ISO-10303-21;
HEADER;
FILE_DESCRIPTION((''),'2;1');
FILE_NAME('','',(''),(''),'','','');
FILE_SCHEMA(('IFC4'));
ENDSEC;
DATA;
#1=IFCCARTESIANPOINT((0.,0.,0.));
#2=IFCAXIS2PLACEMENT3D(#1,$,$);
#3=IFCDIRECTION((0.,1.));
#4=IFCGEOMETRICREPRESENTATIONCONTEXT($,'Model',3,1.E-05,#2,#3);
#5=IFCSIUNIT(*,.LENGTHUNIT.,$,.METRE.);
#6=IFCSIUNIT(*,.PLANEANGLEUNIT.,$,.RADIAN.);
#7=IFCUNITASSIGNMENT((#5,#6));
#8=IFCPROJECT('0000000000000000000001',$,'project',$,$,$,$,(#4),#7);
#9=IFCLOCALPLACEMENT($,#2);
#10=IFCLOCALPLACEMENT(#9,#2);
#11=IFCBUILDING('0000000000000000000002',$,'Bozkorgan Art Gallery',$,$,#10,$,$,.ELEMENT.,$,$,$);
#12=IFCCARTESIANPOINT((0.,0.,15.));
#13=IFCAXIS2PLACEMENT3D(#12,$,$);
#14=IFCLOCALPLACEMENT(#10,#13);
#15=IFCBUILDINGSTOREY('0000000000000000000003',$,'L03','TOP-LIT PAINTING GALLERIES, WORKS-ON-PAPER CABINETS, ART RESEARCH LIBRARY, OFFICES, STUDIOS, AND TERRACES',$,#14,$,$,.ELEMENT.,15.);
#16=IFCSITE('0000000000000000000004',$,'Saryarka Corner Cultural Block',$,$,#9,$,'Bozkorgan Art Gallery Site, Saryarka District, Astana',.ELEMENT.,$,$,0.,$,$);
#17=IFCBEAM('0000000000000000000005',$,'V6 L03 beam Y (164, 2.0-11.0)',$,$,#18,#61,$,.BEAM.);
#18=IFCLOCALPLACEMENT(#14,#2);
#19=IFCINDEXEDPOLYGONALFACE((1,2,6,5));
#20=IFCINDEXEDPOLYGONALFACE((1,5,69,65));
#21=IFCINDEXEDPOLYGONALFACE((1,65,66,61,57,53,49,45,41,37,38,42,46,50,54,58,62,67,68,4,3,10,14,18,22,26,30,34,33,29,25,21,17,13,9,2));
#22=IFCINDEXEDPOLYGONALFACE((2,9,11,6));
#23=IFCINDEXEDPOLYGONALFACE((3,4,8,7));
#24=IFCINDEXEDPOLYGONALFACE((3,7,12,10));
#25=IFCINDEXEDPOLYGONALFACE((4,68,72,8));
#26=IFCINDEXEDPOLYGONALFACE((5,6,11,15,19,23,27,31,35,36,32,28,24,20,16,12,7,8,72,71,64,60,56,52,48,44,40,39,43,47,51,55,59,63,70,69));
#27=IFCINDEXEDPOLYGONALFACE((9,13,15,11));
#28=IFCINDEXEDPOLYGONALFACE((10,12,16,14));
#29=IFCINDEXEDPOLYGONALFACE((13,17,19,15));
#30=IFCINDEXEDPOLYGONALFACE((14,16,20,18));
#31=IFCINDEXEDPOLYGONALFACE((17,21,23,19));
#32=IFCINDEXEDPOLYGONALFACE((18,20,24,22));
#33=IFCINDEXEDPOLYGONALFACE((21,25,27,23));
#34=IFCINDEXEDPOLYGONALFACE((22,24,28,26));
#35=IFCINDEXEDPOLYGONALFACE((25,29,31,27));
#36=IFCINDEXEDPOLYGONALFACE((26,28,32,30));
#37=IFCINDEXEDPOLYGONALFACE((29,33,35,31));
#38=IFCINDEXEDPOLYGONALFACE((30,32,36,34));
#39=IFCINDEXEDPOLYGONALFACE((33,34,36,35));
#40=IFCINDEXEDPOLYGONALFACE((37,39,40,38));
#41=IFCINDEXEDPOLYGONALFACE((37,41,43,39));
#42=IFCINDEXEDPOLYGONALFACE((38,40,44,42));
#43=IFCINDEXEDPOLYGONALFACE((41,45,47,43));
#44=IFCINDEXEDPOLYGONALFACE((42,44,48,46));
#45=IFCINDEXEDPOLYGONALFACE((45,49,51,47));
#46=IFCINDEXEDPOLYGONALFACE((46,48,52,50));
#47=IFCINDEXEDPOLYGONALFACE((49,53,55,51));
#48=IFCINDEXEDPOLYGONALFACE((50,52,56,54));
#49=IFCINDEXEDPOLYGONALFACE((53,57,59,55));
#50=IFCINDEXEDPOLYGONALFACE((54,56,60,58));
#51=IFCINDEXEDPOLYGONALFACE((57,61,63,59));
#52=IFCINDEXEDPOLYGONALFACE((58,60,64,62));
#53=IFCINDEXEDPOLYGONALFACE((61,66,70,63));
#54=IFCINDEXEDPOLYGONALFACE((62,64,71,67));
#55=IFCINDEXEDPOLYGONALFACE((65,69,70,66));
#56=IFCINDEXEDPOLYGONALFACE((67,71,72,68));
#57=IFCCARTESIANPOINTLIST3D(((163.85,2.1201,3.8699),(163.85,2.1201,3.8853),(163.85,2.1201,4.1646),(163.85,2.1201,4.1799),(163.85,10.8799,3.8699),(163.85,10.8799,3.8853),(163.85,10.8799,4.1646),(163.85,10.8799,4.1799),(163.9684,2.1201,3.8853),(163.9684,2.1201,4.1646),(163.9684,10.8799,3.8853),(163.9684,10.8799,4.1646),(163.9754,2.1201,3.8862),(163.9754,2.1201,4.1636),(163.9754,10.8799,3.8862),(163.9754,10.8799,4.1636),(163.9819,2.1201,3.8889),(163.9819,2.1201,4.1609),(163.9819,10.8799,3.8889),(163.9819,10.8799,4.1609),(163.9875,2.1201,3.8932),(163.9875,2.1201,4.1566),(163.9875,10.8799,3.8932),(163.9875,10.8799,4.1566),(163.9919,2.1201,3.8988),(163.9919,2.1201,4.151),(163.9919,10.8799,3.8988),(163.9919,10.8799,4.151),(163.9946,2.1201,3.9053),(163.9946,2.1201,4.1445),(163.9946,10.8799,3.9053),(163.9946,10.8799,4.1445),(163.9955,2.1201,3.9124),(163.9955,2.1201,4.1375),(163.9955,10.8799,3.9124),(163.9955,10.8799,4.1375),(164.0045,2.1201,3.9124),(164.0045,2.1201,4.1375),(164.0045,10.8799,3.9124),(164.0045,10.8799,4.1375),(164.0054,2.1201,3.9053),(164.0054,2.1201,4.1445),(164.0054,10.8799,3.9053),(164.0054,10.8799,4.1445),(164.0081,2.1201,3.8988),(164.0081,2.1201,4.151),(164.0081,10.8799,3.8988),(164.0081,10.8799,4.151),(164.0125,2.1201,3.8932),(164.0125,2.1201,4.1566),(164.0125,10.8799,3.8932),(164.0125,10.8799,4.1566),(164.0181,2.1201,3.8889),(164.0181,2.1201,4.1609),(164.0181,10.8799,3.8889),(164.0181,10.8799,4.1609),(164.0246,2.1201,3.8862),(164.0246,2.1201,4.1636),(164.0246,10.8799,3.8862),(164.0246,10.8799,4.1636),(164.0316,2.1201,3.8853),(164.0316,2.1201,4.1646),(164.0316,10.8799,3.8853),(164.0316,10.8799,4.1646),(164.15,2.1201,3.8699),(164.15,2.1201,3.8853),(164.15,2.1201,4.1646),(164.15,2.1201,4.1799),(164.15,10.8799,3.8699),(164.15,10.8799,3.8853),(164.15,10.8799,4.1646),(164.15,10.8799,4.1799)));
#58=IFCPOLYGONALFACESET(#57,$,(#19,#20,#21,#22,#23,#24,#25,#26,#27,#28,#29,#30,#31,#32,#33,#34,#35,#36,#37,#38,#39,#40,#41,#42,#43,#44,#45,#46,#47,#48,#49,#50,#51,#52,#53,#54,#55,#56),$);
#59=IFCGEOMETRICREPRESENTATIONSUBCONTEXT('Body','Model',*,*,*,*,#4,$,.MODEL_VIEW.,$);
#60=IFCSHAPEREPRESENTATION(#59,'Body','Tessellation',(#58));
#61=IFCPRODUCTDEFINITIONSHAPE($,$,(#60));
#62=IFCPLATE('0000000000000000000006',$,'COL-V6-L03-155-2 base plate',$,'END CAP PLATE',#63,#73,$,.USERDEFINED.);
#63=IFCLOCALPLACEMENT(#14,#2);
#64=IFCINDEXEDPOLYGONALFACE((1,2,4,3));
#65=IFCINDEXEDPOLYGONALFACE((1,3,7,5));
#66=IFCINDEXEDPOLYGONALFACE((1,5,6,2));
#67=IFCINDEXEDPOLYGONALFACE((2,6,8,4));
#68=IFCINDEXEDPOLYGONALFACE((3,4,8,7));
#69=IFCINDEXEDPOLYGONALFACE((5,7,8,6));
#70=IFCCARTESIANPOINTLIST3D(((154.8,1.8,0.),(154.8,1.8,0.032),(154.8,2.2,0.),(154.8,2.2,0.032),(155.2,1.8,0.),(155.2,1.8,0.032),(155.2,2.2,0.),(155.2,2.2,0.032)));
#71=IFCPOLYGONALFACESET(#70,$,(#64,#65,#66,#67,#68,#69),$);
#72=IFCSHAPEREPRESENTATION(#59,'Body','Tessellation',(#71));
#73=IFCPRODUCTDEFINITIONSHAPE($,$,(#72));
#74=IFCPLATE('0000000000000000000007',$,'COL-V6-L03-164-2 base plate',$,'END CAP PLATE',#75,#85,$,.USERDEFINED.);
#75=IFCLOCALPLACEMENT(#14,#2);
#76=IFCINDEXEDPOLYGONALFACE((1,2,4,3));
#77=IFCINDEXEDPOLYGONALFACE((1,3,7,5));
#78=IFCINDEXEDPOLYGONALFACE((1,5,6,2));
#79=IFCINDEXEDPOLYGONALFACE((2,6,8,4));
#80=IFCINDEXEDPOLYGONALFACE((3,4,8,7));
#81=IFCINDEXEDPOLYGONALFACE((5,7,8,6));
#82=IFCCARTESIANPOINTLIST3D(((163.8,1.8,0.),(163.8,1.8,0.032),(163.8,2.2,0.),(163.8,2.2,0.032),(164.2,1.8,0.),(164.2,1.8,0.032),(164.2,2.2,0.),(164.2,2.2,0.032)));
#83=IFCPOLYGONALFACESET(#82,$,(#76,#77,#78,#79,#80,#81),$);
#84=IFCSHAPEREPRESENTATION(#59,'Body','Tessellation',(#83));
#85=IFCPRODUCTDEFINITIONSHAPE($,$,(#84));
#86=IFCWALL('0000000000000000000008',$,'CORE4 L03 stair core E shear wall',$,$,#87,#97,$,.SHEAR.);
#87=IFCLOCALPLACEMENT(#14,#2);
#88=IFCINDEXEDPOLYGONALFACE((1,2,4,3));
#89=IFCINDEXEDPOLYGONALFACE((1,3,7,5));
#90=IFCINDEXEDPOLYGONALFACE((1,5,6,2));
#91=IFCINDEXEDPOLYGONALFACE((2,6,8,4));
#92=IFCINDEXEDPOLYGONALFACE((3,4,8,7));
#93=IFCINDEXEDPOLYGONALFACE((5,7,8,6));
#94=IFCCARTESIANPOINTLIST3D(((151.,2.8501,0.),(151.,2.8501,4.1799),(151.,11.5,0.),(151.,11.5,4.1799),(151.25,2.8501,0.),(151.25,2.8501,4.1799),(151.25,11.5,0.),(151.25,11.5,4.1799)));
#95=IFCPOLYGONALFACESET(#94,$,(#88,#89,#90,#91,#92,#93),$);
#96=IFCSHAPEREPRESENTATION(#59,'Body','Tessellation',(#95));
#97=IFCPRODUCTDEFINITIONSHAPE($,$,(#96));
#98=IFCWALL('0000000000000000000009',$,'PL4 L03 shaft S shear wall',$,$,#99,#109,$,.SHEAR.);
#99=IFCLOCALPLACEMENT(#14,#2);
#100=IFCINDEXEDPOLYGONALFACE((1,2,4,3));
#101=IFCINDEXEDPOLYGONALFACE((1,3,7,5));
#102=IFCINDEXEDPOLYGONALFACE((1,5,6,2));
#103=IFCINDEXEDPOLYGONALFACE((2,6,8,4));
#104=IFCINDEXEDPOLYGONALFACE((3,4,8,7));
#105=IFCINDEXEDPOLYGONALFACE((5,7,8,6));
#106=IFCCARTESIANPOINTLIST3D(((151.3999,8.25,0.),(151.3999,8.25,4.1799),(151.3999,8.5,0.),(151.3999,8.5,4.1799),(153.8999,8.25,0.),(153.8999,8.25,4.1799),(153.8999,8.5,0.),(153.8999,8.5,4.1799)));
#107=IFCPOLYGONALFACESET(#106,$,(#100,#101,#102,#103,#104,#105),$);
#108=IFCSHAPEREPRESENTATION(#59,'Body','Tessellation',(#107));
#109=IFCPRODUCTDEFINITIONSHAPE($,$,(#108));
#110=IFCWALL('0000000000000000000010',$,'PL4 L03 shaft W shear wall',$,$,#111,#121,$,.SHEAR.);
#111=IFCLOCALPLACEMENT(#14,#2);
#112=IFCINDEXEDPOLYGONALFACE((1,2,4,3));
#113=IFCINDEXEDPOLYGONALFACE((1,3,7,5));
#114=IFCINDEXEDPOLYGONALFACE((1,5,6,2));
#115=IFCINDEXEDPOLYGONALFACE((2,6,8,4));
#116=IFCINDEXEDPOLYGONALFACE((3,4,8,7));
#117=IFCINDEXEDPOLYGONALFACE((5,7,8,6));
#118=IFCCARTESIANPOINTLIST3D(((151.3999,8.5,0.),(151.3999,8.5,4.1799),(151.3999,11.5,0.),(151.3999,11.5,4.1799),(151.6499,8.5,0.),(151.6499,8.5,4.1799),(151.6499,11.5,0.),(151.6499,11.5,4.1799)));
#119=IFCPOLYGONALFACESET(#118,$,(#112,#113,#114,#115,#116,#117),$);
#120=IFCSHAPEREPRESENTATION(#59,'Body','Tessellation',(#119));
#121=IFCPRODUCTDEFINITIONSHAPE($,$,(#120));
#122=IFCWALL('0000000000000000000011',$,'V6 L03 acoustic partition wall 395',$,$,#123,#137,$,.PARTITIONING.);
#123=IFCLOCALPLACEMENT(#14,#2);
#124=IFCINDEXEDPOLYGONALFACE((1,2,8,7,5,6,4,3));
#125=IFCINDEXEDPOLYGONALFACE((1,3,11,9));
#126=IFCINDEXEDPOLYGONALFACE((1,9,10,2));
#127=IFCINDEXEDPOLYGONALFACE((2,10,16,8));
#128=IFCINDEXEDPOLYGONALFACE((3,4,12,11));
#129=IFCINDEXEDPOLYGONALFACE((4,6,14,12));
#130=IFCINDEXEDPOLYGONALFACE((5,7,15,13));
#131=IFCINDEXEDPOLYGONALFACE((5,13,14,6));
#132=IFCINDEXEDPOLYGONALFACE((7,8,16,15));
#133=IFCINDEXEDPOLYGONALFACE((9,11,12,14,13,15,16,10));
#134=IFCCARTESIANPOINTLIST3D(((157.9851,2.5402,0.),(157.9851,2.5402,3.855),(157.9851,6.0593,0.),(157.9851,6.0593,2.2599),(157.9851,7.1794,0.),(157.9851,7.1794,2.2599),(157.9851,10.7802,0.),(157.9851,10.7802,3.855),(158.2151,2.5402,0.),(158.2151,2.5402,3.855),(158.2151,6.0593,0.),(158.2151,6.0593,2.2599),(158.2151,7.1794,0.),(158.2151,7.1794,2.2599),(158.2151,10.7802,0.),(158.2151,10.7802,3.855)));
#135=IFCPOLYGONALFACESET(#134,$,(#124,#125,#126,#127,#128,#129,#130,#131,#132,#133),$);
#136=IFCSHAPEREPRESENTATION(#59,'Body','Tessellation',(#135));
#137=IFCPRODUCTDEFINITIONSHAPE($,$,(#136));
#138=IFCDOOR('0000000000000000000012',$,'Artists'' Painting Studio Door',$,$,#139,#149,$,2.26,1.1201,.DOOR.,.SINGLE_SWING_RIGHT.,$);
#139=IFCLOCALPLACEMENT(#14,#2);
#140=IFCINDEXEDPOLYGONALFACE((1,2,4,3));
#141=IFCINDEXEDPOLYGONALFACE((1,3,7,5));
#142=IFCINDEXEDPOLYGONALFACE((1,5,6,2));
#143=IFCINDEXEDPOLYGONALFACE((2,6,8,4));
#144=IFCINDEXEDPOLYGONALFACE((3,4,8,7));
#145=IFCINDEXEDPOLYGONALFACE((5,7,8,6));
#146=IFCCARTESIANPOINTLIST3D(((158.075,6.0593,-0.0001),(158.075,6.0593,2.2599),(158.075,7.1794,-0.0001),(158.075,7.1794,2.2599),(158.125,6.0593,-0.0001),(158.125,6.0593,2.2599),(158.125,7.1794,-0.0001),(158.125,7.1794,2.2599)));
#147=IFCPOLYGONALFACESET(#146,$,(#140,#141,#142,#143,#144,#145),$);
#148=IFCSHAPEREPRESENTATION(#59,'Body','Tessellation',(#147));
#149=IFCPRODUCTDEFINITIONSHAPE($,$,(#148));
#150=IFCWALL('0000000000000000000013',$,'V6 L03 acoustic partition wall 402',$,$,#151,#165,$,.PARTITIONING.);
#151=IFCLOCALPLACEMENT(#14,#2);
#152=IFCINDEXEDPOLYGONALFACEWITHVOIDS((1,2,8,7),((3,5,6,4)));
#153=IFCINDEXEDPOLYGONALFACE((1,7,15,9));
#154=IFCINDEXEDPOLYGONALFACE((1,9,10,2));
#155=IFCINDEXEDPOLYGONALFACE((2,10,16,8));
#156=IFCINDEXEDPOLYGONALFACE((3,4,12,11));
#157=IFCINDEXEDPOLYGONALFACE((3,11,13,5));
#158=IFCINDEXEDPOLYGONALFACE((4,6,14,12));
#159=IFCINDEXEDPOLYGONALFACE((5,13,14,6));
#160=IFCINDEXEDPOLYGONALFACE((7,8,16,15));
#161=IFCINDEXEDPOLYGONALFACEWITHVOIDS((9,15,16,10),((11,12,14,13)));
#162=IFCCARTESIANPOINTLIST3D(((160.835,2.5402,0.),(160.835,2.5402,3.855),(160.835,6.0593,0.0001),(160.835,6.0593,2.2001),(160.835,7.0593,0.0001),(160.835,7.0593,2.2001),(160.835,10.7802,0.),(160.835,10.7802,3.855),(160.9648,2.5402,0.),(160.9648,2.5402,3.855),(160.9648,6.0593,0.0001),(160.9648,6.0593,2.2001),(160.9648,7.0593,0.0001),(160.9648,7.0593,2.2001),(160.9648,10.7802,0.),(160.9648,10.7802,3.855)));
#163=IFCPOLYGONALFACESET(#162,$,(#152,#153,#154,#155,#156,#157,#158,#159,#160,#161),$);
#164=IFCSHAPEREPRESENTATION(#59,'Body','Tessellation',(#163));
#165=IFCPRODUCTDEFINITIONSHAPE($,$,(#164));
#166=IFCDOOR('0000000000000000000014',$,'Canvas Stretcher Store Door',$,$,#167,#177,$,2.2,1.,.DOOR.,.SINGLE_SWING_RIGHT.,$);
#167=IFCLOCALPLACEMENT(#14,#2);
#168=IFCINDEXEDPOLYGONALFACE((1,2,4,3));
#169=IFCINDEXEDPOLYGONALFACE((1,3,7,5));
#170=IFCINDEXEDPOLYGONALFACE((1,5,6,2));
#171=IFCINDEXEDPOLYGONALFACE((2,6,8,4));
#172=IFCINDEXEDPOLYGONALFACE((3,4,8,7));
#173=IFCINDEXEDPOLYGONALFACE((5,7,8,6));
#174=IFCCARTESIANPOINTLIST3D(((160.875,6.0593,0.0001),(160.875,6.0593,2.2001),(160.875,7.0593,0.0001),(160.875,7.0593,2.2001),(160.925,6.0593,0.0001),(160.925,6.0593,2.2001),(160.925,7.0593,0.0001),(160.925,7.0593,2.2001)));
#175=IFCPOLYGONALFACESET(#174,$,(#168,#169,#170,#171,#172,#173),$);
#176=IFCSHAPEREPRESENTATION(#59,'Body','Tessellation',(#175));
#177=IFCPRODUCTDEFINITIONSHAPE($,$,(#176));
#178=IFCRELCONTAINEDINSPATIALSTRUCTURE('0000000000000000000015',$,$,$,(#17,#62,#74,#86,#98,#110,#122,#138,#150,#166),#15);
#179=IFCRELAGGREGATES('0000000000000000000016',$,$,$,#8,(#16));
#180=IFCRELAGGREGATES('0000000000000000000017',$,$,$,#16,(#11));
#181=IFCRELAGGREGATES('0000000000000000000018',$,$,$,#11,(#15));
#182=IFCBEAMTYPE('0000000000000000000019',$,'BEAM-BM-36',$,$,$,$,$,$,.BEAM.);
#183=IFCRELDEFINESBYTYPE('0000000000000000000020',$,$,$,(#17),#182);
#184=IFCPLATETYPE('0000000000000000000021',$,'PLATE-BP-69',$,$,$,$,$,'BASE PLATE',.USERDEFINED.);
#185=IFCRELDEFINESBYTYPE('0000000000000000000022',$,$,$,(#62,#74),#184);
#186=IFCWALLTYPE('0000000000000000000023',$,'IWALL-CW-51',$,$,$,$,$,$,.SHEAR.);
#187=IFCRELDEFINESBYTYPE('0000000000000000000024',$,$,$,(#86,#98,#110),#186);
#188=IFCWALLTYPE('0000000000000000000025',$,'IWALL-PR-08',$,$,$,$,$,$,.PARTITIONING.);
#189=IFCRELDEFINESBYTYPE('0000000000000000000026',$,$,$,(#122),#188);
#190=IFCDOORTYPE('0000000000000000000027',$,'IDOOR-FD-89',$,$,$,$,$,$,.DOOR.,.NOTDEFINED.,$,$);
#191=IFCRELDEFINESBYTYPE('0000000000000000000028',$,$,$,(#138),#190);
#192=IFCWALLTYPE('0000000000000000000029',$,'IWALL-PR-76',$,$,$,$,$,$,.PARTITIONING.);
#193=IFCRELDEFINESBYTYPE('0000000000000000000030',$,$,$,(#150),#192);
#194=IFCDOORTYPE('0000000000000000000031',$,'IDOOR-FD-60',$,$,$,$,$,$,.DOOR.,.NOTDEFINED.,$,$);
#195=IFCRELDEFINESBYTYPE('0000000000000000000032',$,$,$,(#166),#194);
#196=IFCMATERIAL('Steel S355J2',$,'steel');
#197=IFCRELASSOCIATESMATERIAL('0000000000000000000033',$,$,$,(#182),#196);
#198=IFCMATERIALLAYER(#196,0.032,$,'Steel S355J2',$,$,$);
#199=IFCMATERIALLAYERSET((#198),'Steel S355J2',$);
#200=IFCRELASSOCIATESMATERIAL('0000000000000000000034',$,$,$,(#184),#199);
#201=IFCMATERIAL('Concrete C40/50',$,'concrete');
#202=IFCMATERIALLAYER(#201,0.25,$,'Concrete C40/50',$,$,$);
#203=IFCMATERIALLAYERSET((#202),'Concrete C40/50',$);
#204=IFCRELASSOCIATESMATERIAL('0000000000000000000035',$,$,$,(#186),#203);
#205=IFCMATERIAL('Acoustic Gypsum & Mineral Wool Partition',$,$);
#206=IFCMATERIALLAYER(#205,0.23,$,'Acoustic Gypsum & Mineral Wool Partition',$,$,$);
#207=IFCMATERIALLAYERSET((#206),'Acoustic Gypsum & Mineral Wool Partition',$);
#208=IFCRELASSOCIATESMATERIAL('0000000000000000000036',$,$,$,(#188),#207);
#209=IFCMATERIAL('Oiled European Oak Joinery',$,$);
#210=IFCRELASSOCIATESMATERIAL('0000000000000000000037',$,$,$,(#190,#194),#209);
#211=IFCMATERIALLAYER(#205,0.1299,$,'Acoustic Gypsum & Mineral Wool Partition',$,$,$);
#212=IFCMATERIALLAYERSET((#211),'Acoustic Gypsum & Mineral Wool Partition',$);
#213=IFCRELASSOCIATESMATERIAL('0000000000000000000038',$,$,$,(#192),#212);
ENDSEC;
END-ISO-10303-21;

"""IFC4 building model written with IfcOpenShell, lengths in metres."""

from ifc_helpers import new_model, si_unit, direction, frame, frame_2d, origin, origin_2d, place, context, subcontext, project, spatial, rectangle, i_section, extrude, material, layer, layer_set, material_profile, profile_set, type_object, element, fill, save


model = new_model("IFC4")

# Units and contexts
model_context = context("Model", 3, precision=1e-05, world=origin(), true_north=direction((0.0, 1.0)))
body_context = subcontext(model_context, "Body", "Model", "MODEL_VIEW")
ifc_project = project(units=[si_unit("LENGTHUNIT", "METRE"), si_unit("PLANEANGLEUNIT", "RADIAN")], contexts=[model_context])

# Site, building, storey
site_placement = place(None, origin())
site = spatial("IfcSite", under=ifc_project, at=site_placement, Name="Saryarka Corner Cultural Block", LongName="Bozkorgan Art Gallery Site, Saryarka District, Astana", CompositionType="ELEMENT", RefElevation=0.0)
building_placement = place(site_placement, origin())
building = spatial("IfcBuilding", under=site, at=building_placement, Name="Bozkorgan Art Gallery", CompositionType="ELEMENT")
storey_placement = place(building_placement, frame((0.0, 0.0, 15.0)))
storey = spatial("IfcBuildingStorey", under=building, at=storey_placement, Name="L03", Description="TOP-LIT PAINTING GALLERIES, WORKS-ON-PAPER CABINETS, ART RESEARCH LIBRARY, OFFICES, STUDIOS, AND TERRACES", CompositionType="ELEMENT", Elevation=15.0)

# Shared definitions
ifc_material_1 = material(Name="Steel S355J2", Category="steel")

# Beam
ifc_material_profile_1 = material_profile(ifc_material_1, i_section(OverallWidth=0.3, OverallDepth=0.3101, WebThickness=0.009, FlangeThickness=0.0154, FilletRadius=0.0271, at=origin_2d()), Name="HEA 320")
ifc_profile_set_1 = profile_set([ifc_material_profile_1], Name="Steel S355J2")
beam_type = type_object("IfcBeamType", Name="BEAM-BM-36", PredefinedType="BEAM", material=ifc_profile_set_1)
beam_1_placement = place(storey_placement, frame((164.0, 2.1201, 4.0249), z_axis=(0.0, 1.0, 0.0), x_axis=(-1.0, 0.0, 0.0)))
element("IfcBeam", 1, at=beam_1_placement, inside=storey, type_object=beam_type, Name="V6 L03 beam Y (164, 2.0-11.0)", PredefinedType="BEAM", context=body_context, shape_type="SweptSolid", body=[
    extrude(i_section(OverallWidth=0.3, OverallDepth=0.3101, WebThickness=0.009, FlangeThickness=0.0154, FilletRadius=0.0271, at=origin_2d()), origin(), (0.0, 0.0, 1.0), 8.7598),
])

# Plates
ifc_layer_1 = layer(ifc_material_1, 0.032, Name="Steel S355J2")
ifc_layer_set_1 = layer_set([ifc_layer_1], Name="Steel S355J2")
plate_type = type_object("IfcPlateType", Name="PLATE-BP-69", ElementType="BASE PLATE", PredefinedType="USERDEFINED", material=ifc_layer_set_1)
for number, where, z_axis, x_axis, name in (
    (2, (155.0, 2.0, 0.0), (0.0, 0.0, 1.0), (1.0, 0.0, 0.0), "COL-V6-L03-155-2 base plate"),
    (3, (164.0, 2.0, 0.0), (0.0, 0.0, 1.0), (1.0, 0.0, 0.0), "COL-V6-L03-164-2 base plate"),
):
    element("IfcPlate", number, at=place(storey_placement, frame(where, z_axis=z_axis, x_axis=x_axis)), inside=storey, type_object=plate_type, Name=name, ObjectType="END CAP PLATE", PredefinedType="USERDEFINED", context=body_context, shape_type="SweptSolid", body=[
        extrude(rectangle(XDim=0.3999, YDim=0.3999, at=origin_2d()), origin(), (0.0, 0.0, 1.0), 0.032),
    ])

# Walls
ifc_material_2 = material(Name="Concrete C40/50", Category="concrete")
ifc_layer_2 = layer(ifc_material_2, 0.25, Name="Concrete C40/50")
ifc_layer_set_2 = layer_set([ifc_layer_2], Name="Concrete C40/50")
wall_type_1 = type_object("IfcWallType", Name="IWALL-CW-51", PredefinedType="SHEAR", material=ifc_layer_set_2)
wall_1_placement = place(storey_placement, frame((151.125, 2.8501, 0.0), z_axis=(0.0, 0.0, 1.0), x_axis=(0.0, 1.0, 0.0)))
element("IfcWall", 4, at=wall_1_placement, inside=storey, type_object=wall_type_1, Name="CORE4 L03 stair core E shear wall", PredefinedType="SHEAR", context=body_context, shape_type="SweptSolid", body=[
    extrude(rectangle(XDim=8.6499, YDim=0.25, at=frame_2d((4.325, 0.0))), origin(), (0.0, 0.0, 1.0), 4.1799),
])
wall_2_placement = place(storey_placement, frame((151.3999, 8.375, 0.0), z_axis=(0.0, 0.0, 1.0), x_axis=(1.0, 0.0, 0.0)))
element("IfcWall", 5, at=wall_2_placement, inside=storey, type_object=wall_type_1, Name="PL4 L03 shaft S shear wall", PredefinedType="SHEAR", context=body_context, shape_type="SweptSolid", body=[
    extrude(rectangle(XDim=2.5, YDim=0.25, at=frame_2d((1.25, 0.0))), origin(), (0.0, 0.0, 1.0), 4.1799),
])
wall_3_placement = place(storey_placement, frame((151.5249, 8.5, 0.0), z_axis=(0.0, 0.0, 1.0), x_axis=(0.0, 1.0, 0.0)))
element("IfcWall", 6, at=wall_3_placement, inside=storey, type_object=wall_type_1, Name="PL4 L03 shaft W shear wall", PredefinedType="SHEAR", context=body_context, shape_type="SweptSolid", body=[
    extrude(rectangle(XDim=3.0, YDim=0.25, at=frame_2d((1.5, 0.0))), origin(), (0.0, 0.0, 1.0), 4.1799),
])

# Walls, openings, doors
ifc_material_3 = material(Name="Acoustic Gypsum & Mineral Wool Partition")
ifc_layer_3 = layer(ifc_material_3, 0.23, Name="Acoustic Gypsum & Mineral Wool Partition")
ifc_layer_set_3 = layer_set([ifc_layer_3], Name="Acoustic Gypsum & Mineral Wool Partition")
wall_type_2 = type_object("IfcWallType", Name="IWALL-PR-08", PredefinedType="PARTITIONING", material=ifc_layer_set_3)
wall_4_placement = place(storey_placement, frame((158.1001, 2.54, 0.0), z_axis=(0.0, 0.0, 1.0), x_axis=(0.0, 1.0, 0.0)))
wall_4 = element("IfcWall", 7, at=wall_4_placement, inside=storey, type_object=wall_type_2, Name="V6 L03 acoustic partition wall 395", PredefinedType="PARTITIONING", context=body_context, shape_type="SweptSolid", body=[
    extrude(rectangle(XDim=8.24, YDim=0.23, at=frame_2d((4.1201, 0.0))), origin(), (0.0, 0.0, 1.0), 3.855),
])
opening_1_placement = place(wall_4_placement, frame((4.6394, 0.0, 0.0), z_axis=(0.0, 0.0, 1.0), x_axis=(-1.0, 0.0, 0.0)))
opening_1 = element("IfcOpeningElement", 8, at=opening_1_placement, cuts=wall_4, PredefinedType="OPENING", context=body_context, shape_type="SweptSolid", body=[
    extrude(rectangle(XDim=1.1201, YDim=2.26, at=frame_2d((0.5601, 1.1299))), frame((0.0, 0.125, 0.0), z_axis=(0.0, -1.0, 0.0), x_axis=(1.0, 0.0, 0.0)), (0.0, 0.0, 1.0), 0.25),
])
ifc_material_4 = material(Name="Oiled European Oak Joinery")
door_type_1 = type_object("IfcDoorType", Name="IDOOR-FD-89", OperationType="NOTDEFINED", PredefinedType="DOOR", material=ifc_material_4)
door_1_placement = place(opening_1_placement, origin())
door_1 = element("IfcDoor", 9, at=door_1_placement, inside=storey, type_object=door_type_1, Name="Artists' Painting Studio Door", OperationType="SINGLE_SWING_RIGHT", OverallHeight=2.26, OverallWidth=1.1201, PredefinedType="DOOR", context=body_context, shape_type="SweptSolid", body=[
    extrude(rectangle(XDim=1.1201, YDim=2.26, at=frame_2d((0.5601, 1.1299))), frame((0.0, 0.0249, 0.0), z_axis=(0.0, -1.0, 0.0), x_axis=(1.0, 0.0, 0.0)), (0.0, 0.0, 1.0), 0.05),
])
fill(opening_1, door_1)
ifc_layer_4 = layer(ifc_material_3, 0.1299, Name="Acoustic Gypsum & Mineral Wool Partition")
ifc_layer_set_4 = layer_set([ifc_layer_4], Name="Acoustic Gypsum & Mineral Wool Partition")
wall_type_3 = type_object("IfcWallType", Name="IWALL-PR-76", PredefinedType="PARTITIONING", material=ifc_layer_set_4)
wall_5_placement = place(storey_placement, frame((160.8999, 2.54, 0.0), z_axis=(0.0, 0.0, 1.0), x_axis=(0.0, 1.0, 0.0)))
wall_5 = element("IfcWall", 10, at=wall_5_placement, inside=storey, type_object=wall_type_3, Name="V6 L03 acoustic partition wall 402", PredefinedType="PARTITIONING", context=body_context, shape_type="SweptSolid", body=[
    extrude(rectangle(XDim=8.24, YDim=0.1299, at=frame_2d((4.1201, 0.0))), origin(), (0.0, 0.0, 1.0), 3.855),
])
opening_2_placement = place(wall_5_placement, frame((3.5193, 0.0, 0.0)))
opening_2 = element("IfcOpeningElement", 11, at=opening_2_placement, cuts=wall_5, PredefinedType="OPENING", context=body_context, shape_type="SweptSolid", body=[
    extrude(rectangle(XDim=1.0, YDim=2.2, at=frame_2d((0.5, 1.1001))), frame((0.0, 0.075, 0.0), z_axis=(0.0, -1.0, 0.0), x_axis=(1.0, 0.0, 0.0)), (0.0, 0.0, 1.0), 0.1499),
])
door_type_2 = type_object("IfcDoorType", Name="IDOOR-FD-60", OperationType="NOTDEFINED", PredefinedType="DOOR", material=ifc_material_4)
door_2_placement = place(opening_2_placement, origin())
door_2 = element("IfcDoor", 12, at=door_2_placement, inside=storey, type_object=door_type_2, Name="Canvas Stretcher Store Door", OperationType="SINGLE_SWING_RIGHT", OverallHeight=2.2, OverallWidth=1.0, PredefinedType="DOOR", context=body_context, shape_type="SweptSolid", body=[
    extrude(rectangle(XDim=1.0, YDim=2.2, at=frame_2d((0.5, 1.1001))), frame((0.0, 0.0249, 0.0), z_axis=(0.0, -1.0, 0.0), x_axis=(1.0, 0.0, 0.0)), (0.0, 0.0, 1.0), 0.05),
])
fill(opening_2, door_2)

save(model, "model.ifc")
